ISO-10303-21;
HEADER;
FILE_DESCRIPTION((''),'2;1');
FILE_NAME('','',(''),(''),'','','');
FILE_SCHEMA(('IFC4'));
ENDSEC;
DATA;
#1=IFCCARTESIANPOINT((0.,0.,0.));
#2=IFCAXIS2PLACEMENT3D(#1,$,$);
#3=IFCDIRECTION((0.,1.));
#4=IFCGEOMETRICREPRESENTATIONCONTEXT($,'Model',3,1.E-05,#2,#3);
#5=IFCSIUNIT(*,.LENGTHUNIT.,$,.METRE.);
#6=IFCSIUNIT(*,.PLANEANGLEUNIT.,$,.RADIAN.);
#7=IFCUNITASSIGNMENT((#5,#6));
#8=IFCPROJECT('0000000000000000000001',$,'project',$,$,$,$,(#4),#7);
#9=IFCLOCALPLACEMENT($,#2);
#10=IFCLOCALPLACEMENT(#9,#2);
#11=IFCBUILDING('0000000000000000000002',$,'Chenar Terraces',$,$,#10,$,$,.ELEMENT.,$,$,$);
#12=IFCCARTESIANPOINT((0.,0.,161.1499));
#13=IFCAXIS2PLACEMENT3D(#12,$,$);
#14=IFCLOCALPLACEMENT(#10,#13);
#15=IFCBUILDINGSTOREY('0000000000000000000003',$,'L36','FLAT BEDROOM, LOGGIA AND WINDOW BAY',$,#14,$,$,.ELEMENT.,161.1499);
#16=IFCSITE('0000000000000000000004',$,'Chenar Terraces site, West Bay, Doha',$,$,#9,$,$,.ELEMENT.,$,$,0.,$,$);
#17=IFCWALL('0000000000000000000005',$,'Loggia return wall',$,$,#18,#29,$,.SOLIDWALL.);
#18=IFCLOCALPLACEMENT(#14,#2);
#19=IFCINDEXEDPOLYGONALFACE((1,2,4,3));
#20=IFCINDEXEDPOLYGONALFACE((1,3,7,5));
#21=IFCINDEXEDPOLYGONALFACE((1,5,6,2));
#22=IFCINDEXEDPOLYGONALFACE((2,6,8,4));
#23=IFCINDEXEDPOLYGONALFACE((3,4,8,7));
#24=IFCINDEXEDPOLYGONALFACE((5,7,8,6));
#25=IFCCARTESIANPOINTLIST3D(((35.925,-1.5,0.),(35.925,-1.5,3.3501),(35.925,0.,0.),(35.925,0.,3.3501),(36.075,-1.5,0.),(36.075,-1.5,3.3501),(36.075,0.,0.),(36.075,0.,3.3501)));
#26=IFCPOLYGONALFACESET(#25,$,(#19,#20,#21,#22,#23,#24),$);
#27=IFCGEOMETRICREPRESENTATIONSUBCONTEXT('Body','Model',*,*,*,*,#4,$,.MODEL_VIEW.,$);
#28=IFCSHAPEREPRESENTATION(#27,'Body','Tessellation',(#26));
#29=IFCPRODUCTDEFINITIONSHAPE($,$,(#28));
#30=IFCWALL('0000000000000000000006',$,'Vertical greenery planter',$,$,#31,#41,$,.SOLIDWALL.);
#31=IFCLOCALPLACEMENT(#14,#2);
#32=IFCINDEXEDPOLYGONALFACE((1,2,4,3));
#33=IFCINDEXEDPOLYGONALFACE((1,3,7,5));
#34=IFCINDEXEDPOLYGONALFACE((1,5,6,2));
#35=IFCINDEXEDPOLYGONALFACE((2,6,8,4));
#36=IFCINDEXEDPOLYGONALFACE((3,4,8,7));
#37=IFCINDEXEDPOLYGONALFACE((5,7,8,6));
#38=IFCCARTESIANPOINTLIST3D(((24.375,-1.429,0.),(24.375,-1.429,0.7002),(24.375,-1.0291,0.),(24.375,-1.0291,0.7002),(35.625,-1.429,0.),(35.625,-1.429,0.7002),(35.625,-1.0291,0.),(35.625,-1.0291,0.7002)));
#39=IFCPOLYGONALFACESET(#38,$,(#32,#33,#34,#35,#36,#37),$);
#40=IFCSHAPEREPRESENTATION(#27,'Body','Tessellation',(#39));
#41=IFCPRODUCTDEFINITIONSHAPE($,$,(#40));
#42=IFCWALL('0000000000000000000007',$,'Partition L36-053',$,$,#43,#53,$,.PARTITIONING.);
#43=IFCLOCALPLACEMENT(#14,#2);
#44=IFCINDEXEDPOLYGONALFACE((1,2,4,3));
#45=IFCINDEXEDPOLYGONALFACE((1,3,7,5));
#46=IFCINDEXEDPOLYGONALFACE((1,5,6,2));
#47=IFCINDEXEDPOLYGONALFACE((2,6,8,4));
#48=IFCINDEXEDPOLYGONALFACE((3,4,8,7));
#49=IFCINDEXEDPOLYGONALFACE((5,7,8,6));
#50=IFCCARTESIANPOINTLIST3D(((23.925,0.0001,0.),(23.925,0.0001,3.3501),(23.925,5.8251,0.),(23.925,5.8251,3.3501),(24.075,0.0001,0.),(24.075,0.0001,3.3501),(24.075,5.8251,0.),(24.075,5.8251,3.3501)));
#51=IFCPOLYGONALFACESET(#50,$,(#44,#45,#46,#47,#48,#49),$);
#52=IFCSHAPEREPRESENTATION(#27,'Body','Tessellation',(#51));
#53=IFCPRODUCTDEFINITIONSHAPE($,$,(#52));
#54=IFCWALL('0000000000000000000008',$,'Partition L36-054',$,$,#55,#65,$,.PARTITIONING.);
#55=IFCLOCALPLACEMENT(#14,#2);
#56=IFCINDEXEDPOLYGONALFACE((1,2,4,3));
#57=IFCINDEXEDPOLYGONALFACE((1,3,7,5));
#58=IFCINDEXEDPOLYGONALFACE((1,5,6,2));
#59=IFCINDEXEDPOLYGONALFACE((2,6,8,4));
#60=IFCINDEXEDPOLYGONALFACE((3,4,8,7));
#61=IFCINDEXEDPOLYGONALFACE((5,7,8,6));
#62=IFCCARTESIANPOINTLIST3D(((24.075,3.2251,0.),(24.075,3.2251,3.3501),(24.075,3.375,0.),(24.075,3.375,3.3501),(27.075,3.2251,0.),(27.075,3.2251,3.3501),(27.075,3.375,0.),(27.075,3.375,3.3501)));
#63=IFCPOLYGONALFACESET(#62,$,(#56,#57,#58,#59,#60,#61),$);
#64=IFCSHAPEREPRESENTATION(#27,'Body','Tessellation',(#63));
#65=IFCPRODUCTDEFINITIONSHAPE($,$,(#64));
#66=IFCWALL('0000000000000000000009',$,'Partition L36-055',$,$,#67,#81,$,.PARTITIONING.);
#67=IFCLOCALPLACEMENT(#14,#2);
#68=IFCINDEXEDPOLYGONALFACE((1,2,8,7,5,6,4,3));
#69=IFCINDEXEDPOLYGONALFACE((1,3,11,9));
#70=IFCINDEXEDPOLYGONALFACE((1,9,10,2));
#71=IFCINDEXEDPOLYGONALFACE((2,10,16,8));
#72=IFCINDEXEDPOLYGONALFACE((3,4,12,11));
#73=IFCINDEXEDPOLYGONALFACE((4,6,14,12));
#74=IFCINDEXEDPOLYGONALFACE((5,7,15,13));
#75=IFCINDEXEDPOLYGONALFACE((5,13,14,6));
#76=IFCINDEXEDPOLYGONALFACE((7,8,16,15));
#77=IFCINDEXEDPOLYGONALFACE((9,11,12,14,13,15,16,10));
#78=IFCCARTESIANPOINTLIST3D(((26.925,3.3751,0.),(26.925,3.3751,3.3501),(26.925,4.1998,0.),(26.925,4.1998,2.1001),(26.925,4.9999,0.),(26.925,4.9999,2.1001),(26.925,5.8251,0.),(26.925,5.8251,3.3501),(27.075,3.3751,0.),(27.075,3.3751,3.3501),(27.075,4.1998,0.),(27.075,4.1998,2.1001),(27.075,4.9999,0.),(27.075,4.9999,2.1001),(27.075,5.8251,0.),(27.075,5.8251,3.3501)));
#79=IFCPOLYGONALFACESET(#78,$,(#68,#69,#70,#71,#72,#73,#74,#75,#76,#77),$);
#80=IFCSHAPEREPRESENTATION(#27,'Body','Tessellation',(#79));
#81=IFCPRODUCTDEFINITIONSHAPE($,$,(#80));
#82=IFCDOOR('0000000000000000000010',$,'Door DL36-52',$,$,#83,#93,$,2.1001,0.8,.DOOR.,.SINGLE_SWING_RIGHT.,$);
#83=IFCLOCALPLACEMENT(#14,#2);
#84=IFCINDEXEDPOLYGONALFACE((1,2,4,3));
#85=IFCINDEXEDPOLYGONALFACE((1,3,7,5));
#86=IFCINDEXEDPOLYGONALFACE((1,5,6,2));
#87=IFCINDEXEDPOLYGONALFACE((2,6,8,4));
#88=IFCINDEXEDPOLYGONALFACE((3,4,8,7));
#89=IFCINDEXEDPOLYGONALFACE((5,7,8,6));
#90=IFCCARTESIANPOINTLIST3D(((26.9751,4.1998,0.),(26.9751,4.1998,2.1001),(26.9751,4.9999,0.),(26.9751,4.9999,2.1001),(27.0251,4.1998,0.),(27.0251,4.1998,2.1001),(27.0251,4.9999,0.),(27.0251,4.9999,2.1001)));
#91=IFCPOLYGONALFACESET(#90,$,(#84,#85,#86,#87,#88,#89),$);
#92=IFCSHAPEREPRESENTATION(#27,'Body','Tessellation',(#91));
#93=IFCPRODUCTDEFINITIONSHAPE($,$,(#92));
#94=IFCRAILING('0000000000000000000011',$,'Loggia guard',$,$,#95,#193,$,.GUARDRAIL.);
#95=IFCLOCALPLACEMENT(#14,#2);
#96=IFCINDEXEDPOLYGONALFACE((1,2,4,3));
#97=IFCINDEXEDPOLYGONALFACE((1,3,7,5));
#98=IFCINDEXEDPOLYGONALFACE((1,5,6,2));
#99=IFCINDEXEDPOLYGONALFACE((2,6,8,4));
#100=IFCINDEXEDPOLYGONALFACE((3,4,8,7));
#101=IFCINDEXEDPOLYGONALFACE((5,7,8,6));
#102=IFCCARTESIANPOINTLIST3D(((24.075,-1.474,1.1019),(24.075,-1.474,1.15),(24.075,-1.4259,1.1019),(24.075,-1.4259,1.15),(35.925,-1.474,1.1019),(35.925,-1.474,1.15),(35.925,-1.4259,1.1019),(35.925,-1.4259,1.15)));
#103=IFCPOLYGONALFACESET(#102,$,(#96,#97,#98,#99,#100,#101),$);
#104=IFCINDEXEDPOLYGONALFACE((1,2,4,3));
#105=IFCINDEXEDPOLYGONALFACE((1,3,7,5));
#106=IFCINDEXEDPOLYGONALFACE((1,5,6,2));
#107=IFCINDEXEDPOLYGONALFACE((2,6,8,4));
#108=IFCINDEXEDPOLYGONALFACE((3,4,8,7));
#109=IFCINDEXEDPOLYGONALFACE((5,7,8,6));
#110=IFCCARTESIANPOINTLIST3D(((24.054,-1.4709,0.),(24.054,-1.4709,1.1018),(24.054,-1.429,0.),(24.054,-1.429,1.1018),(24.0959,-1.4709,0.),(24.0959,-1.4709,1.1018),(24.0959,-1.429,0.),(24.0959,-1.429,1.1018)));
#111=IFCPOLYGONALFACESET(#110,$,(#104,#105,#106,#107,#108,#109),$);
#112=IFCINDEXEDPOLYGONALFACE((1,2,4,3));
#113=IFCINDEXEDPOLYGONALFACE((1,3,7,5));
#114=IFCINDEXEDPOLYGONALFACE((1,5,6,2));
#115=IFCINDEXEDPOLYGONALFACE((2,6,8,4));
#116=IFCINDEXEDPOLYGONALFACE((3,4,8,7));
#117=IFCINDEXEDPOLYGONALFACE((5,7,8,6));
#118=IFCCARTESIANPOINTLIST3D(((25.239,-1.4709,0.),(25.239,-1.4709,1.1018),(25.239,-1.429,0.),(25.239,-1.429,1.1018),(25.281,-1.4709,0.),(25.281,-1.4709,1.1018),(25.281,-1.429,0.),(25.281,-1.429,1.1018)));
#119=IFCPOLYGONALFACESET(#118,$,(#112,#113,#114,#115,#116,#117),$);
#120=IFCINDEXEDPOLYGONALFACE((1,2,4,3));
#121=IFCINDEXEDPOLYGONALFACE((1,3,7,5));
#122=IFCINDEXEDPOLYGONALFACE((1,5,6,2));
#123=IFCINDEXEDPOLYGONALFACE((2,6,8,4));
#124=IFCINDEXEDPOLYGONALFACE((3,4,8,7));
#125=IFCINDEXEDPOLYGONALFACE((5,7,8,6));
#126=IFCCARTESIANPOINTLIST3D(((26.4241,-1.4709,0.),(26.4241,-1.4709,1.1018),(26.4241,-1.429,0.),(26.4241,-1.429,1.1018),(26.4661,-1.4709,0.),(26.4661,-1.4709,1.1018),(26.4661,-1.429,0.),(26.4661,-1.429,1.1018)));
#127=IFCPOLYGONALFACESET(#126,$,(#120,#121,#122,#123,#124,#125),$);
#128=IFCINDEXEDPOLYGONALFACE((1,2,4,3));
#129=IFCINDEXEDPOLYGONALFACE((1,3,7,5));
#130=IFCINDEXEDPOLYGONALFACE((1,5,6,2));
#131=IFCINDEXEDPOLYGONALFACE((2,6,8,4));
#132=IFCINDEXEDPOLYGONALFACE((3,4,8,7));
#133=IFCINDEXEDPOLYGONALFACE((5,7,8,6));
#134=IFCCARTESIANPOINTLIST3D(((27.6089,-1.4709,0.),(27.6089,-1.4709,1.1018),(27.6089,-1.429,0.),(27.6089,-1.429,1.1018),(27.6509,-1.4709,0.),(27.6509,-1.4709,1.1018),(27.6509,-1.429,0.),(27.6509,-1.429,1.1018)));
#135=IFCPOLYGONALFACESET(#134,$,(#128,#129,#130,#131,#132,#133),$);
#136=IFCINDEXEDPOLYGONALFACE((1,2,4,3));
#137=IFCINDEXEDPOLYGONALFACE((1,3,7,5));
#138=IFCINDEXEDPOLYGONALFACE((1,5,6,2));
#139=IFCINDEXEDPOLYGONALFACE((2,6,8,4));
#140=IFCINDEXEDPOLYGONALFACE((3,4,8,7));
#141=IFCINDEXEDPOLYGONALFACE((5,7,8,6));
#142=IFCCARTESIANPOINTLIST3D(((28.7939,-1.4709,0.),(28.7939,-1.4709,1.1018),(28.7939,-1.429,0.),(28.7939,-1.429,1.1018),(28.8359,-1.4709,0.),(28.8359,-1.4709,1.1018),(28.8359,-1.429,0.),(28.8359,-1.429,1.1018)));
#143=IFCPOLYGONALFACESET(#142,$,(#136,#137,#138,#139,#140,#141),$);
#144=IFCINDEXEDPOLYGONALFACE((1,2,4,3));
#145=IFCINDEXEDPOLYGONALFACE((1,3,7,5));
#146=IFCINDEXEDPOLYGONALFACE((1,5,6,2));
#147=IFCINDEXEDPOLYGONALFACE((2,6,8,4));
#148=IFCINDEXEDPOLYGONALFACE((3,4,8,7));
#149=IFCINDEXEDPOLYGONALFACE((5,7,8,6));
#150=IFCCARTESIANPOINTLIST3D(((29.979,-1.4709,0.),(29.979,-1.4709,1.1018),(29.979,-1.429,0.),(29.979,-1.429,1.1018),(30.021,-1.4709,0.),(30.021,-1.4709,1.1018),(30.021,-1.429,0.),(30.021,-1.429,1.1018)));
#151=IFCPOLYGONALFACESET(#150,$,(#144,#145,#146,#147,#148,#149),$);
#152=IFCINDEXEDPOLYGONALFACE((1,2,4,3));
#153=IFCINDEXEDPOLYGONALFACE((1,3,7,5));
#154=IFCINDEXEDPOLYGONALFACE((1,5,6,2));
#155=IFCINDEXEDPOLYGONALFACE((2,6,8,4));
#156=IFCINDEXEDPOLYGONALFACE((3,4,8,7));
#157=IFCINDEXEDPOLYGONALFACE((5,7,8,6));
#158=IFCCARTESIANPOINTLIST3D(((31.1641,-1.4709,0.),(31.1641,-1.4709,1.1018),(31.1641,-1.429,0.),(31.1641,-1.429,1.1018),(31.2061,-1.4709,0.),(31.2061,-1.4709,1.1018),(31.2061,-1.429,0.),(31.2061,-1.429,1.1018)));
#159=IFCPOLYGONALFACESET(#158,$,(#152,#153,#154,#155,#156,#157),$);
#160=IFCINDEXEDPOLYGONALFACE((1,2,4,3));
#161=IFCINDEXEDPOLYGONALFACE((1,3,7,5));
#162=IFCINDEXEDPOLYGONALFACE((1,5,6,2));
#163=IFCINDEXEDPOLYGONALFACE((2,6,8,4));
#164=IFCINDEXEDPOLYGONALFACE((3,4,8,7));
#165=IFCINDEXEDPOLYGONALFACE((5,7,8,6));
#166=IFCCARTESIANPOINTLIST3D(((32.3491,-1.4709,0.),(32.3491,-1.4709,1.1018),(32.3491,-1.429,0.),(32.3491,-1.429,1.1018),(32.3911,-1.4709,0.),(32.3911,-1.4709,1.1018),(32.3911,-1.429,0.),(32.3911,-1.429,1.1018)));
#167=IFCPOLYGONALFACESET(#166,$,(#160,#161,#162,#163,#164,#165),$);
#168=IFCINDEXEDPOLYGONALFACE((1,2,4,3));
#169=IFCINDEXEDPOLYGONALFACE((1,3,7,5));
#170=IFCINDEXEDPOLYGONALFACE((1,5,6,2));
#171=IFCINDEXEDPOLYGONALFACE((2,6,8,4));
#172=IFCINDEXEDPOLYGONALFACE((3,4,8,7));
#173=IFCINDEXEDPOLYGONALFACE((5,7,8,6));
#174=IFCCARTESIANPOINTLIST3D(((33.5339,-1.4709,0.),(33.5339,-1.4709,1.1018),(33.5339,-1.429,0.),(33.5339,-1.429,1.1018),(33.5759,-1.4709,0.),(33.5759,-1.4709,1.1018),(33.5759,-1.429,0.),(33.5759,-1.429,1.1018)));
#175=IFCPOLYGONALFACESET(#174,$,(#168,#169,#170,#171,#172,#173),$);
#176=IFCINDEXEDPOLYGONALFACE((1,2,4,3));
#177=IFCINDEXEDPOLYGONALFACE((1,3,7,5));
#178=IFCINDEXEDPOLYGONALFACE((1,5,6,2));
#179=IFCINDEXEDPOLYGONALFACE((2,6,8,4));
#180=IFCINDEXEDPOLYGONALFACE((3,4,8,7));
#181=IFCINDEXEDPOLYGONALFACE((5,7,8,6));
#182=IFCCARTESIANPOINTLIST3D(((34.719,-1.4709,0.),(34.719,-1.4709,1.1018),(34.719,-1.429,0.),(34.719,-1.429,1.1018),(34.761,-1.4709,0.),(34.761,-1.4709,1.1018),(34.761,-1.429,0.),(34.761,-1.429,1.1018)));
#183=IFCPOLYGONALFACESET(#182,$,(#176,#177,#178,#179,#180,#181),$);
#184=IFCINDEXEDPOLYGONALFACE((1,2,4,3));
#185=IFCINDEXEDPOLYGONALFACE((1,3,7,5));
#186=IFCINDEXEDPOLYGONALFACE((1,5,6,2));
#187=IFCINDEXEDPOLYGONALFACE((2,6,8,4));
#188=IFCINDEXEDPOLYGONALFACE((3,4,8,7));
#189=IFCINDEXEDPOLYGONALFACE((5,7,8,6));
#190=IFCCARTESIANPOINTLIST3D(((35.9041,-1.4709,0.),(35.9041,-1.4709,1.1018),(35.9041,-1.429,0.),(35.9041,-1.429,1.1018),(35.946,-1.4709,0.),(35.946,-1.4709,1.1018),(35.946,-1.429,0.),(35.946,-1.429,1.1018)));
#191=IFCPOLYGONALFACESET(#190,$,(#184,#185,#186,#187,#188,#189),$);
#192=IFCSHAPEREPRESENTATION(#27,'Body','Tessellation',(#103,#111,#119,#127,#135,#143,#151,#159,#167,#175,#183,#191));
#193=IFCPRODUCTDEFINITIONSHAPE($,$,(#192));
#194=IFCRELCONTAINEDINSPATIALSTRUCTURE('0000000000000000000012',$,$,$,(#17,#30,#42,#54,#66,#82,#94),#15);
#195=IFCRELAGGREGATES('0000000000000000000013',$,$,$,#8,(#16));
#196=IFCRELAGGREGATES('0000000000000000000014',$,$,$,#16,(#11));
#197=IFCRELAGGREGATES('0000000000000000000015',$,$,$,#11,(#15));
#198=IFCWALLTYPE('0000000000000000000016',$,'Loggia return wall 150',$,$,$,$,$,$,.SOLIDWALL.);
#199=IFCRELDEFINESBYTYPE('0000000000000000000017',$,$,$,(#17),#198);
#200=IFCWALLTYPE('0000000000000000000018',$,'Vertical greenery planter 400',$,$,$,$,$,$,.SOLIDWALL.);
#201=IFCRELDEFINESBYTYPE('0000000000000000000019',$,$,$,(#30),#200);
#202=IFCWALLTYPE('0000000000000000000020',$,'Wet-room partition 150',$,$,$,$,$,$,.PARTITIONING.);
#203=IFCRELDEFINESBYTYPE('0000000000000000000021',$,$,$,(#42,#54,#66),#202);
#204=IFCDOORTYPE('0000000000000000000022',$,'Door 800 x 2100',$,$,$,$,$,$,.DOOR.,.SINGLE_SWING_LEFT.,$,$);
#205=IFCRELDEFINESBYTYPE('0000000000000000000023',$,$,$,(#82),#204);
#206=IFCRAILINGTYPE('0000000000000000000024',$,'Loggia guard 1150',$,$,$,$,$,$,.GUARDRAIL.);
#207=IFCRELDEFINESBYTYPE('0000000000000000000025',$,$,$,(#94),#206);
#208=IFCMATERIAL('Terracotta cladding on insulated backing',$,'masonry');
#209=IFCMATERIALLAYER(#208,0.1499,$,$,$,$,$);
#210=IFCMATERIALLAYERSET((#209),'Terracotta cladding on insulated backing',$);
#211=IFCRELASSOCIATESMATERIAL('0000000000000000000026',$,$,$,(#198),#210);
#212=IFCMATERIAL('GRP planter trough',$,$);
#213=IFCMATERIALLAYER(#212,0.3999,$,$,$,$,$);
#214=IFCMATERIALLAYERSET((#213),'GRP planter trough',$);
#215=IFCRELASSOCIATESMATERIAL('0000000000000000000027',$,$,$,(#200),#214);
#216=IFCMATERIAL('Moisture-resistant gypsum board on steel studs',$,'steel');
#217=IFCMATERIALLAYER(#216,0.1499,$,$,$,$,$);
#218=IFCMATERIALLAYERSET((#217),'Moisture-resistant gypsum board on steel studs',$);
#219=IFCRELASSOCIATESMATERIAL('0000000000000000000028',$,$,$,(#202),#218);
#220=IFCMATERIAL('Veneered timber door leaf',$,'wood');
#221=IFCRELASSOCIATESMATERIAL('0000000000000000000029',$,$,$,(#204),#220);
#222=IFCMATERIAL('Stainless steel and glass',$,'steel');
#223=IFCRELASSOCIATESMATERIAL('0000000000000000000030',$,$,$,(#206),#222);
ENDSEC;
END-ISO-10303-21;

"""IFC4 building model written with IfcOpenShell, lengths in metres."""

from ifc_helpers import new_model, si_unit, direction, frame, frame_2d, origin, origin_2d, place, context, subcontext, project, spatial, rectangle, extrude, material, layer, layer_set, type_object, element, fill, save


model = new_model("IFC4")

# Units and contexts
model_context = context("Model", 3, precision=1e-05, world=origin(), true_north=direction((0.0, 1.0)))
body_context = subcontext(model_context, "Body", "Model", "MODEL_VIEW")
ifc_project = project(units=[si_unit("LENGTHUNIT", "METRE"), si_unit("PLANEANGLEUNIT", "RADIAN")], contexts=[model_context])

# Site, building, storey
site_placement = place(None, origin())
site = spatial("IfcSite", under=ifc_project, at=site_placement, Name="Chenar Terraces site, West Bay, Doha", CompositionType="ELEMENT", RefElevation=0.0)
building_placement = place(site_placement, origin())
building = spatial("IfcBuilding", under=site, at=building_placement, Name="Chenar Terraces", CompositionType="ELEMENT")
storey_placement = place(building_placement, frame((0.0, 0.0, 161.1499)))
storey = spatial("IfcBuildingStorey", under=building, at=storey_placement, Name="L36", Description="FLAT BEDROOM, LOGGIA AND WINDOW BAY", CompositionType="ELEMENT", Elevation=161.1499)

# Walls
ifc_material_1 = material(Name="Terracotta cladding on insulated backing", Category="masonry")
ifc_layer_1 = layer(ifc_material_1, 0.1499)
ifc_layer_set_1 = layer_set([ifc_layer_1], Name="Terracotta cladding on insulated backing")
wall_type_1 = type_object("IfcWallType", Name="Loggia return wall 150", PredefinedType="SOLIDWALL", material=ifc_layer_set_1)
wall_1_placement = place(storey_placement, frame((36.0, -1.5, 0.0), z_axis=(0.0, 0.0, 1.0), x_axis=(0.0, 1.0, 0.0)))
element("IfcWall", 1, at=wall_1_placement, inside=storey, type_object=wall_type_1, Name="Loggia return wall", PredefinedType="SOLIDWALL", context=body_context, shape_type="SweptSolid", body=[
    extrude(rectangle(XDim=1.5, YDim=0.1499, at=frame_2d((0.75, 0.0))), origin(), (0.0, 0.0, 1.0), 3.3501),
])
ifc_material_2 = material(Name="GRP planter trough")
ifc_layer_2 = layer(ifc_material_2, 0.3999)
ifc_layer_set_2 = layer_set([ifc_layer_2], Name="GRP planter trough")
wall_type_2 = type_object("IfcWallType", Name="Vertical greenery planter 400", PredefinedType="SOLIDWALL", material=ifc_layer_set_2)
wall_2_placement = place(storey_placement, frame((24.375, -1.229, 0.0), z_axis=(0.0, 0.0, 1.0), x_axis=(1.0, 0.0, 0.0)))
element("IfcWall", 2, at=wall_2_placement, inside=storey, type_object=wall_type_2, Name="Vertical greenery planter", PredefinedType="SOLIDWALL", context=body_context, shape_type="SweptSolid", body=[
    extrude(rectangle(XDim=11.25, YDim=0.3999, at=frame_2d((5.625, 0.0))), origin(), (0.0, 0.0, 1.0), 0.7002),
])
ifc_material_3 = material(Name="Moisture-resistant gypsum board on steel studs", Category="steel")
ifc_layer_3 = layer(ifc_material_3, 0.1499)
ifc_layer_set_3 = layer_set([ifc_layer_3], Name="Moisture-resistant gypsum board on steel studs")
wall_type_3 = type_object("IfcWallType", Name="Wet-room partition 150", PredefinedType="PARTITIONING", material=ifc_layer_set_3)
wall_3_placement = place(storey_placement, frame((24.0, 0.0, 0.0), z_axis=(0.0, 0.0, 1.0), x_axis=(0.0, 1.0, 0.0)))
element("IfcWall", 3, at=wall_3_placement, inside=storey, type_object=wall_type_3, Name="Partition L36-053", PredefinedType="PARTITIONING", context=body_context, shape_type="SweptSolid", body=[
    extrude(rectangle(XDim=5.825, YDim=0.1499, at=frame_2d((2.9126, 0.0))), origin(), (0.0, 0.0, 1.0), 3.3501),
])
wall_4_placement = place(storey_placement, frame((24.075, 3.3, 0.0), z_axis=(0.0, 0.0, 1.0), x_axis=(1.0, 0.0, 0.0)))
element("IfcWall", 4, at=wall_4_placement, inside=storey, type_object=wall_type_3, Name="Partition L36-054", PredefinedType="PARTITIONING", context=body_context, shape_type="SweptSolid", body=[
    extrude(rectangle(XDim=3.0, YDim=0.1499, at=frame_2d((1.5, 0.0))), origin(), (0.0, 0.0, 1.0), 3.3501),
])

# Wall, opening, door
wall_5_placement = place(storey_placement, frame((27.0, 3.375, 0.0), z_axis=(0.0, 0.0, 1.0), x_axis=(0.0, 1.0, 0.0)))
wall_5 = element("IfcWall", 5, at=wall_5_placement, inside=storey, type_object=wall_type_3, Name="Partition L36-055", PredefinedType="PARTITIONING", context=body_context, shape_type="SweptSolid", body=[
    extrude(rectangle(XDim=2.45, YDim=0.1499, at=frame_2d((1.2251, 0.0))), origin(), (0.0, 0.0, 1.0), 3.3501),
])
opening_1_placement = place(wall_5_placement, frame((0.825, 0.0, 0.0)))
opening_1 = element("IfcOpeningElement", 6, at=opening_1_placement, cuts=wall_5, PredefinedType="OPENING", context=body_context, shape_type="SweptSolid", body=[
    extrude(rectangle(XDim=0.8, YDim=2.1001, at=frame_2d((0.3999, 1.05))), frame((0.0, 0.085, 0.0), z_axis=(0.0, -1.0, 0.0), x_axis=(1.0, 0.0, 0.0)), (0.0, 0.0, 1.0), 0.1699),
])
ifc_material_4 = material(Name="Veneered timber door leaf", Category="wood")
door_type_1 = type_object("IfcDoorType", Name="Door 800 x 2100", OperationType="SINGLE_SWING_LEFT", PredefinedType="DOOR", material=ifc_material_4)
door_1_placement = place(opening_1_placement, origin())
door_1 = element("IfcDoor", 7, at=door_1_placement, inside=storey, type_object=door_type_1, Name="Door DL36-52", OperationType="SINGLE_SWING_RIGHT", OverallHeight=2.1001, OverallWidth=0.8, PredefinedType="DOOR", context=body_context, shape_type="SweptSolid", body=[
    extrude(rectangle(XDim=0.8, YDim=2.1001, at=frame_2d((0.3999, 1.05))), frame((0.0, 0.0249, 0.0), z_axis=(0.0, -1.0, 0.0), x_axis=(1.0, 0.0, 0.0)), (0.0, 0.0, 1.0), 0.05),
])
fill(opening_1, door_1)

# Railing
ifc_material_5 = material(Name="Stainless steel and glass", Category="steel")
railing_type = type_object("IfcRailingType", Name="Loggia guard 1150", PredefinedType="GUARDRAIL", material=ifc_material_5)
railing_placement = place(storey_placement, frame((24.075, -1.45, 0.0)))
element("IfcRailing", 8, at=railing_placement, inside=storey, type_object=railing_type, Name="Loggia guard", PredefinedType="GUARDRAIL", context=body_context, shape_type="SweptSolid", body=[
    extrude(rectangle(XDim=0.0481, YDim=0.0481, at=origin_2d()), frame((0.0, 0.0, 1.126), z_axis=(1.0, 0.0, 0.0), x_axis=(0.0, 1.0, 0.0)), (0.0, 0.0, 1.0), 11.8501),
    extrude(rectangle(XDim=0.042, YDim=0.042, at=origin_2d()), origin(), (0.0, 0.0, 1.0), 1.1018),
    extrude(rectangle(XDim=0.042, YDim=0.042, at=origin_2d()), frame((1.1851, 0.0, 0.0)), (0.0, 0.0, 1.0), 1.1018),
    extrude(rectangle(XDim=0.042, YDim=0.042, at=origin_2d()), frame((2.3701, 0.0, 0.0)), (0.0, 0.0, 1.0), 1.1018),
    extrude(rectangle(XDim=0.042, YDim=0.042, at=origin_2d()), frame((3.5549, 0.0, 0.0)), (0.0, 0.0, 1.0), 1.1018),
    extrude(rectangle(XDim=0.042, YDim=0.042, at=origin_2d()), frame((4.74, 0.0, 0.0)), (0.0, 0.0, 1.0), 1.1018),
    extrude(rectangle(XDim=0.042, YDim=0.042, at=origin_2d()), frame((5.925, 0.0, 0.0)), (0.0, 0.0, 1.0), 1.1018),
    extrude(rectangle(XDim=0.042, YDim=0.042, at=origin_2d()), frame((7.1101, 0.0, 0.0)), (0.0, 0.0, 1.0), 1.1018),
    extrude(rectangle(XDim=0.042, YDim=0.042, at=origin_2d()), frame((8.2952, 0.0, 0.0)), (0.0, 0.0, 1.0), 1.1018),
    extrude(rectangle(XDim=0.042, YDim=0.042, at=origin_2d()), frame((9.48, 0.0, 0.0)), (0.0, 0.0, 1.0), 1.1018),
    extrude(rectangle(XDim=0.042, YDim=0.042, at=origin_2d()), frame((10.665, 0.0, 0.0)), (0.0, 0.0, 1.0), 1.1018),
    extrude(rectangle(XDim=0.042, YDim=0.042, at=origin_2d()), frame((11.8501, 0.0, 0.0)), (0.0, 0.0, 1.0), 1.1018),
])

save(model, "model.ifc")
